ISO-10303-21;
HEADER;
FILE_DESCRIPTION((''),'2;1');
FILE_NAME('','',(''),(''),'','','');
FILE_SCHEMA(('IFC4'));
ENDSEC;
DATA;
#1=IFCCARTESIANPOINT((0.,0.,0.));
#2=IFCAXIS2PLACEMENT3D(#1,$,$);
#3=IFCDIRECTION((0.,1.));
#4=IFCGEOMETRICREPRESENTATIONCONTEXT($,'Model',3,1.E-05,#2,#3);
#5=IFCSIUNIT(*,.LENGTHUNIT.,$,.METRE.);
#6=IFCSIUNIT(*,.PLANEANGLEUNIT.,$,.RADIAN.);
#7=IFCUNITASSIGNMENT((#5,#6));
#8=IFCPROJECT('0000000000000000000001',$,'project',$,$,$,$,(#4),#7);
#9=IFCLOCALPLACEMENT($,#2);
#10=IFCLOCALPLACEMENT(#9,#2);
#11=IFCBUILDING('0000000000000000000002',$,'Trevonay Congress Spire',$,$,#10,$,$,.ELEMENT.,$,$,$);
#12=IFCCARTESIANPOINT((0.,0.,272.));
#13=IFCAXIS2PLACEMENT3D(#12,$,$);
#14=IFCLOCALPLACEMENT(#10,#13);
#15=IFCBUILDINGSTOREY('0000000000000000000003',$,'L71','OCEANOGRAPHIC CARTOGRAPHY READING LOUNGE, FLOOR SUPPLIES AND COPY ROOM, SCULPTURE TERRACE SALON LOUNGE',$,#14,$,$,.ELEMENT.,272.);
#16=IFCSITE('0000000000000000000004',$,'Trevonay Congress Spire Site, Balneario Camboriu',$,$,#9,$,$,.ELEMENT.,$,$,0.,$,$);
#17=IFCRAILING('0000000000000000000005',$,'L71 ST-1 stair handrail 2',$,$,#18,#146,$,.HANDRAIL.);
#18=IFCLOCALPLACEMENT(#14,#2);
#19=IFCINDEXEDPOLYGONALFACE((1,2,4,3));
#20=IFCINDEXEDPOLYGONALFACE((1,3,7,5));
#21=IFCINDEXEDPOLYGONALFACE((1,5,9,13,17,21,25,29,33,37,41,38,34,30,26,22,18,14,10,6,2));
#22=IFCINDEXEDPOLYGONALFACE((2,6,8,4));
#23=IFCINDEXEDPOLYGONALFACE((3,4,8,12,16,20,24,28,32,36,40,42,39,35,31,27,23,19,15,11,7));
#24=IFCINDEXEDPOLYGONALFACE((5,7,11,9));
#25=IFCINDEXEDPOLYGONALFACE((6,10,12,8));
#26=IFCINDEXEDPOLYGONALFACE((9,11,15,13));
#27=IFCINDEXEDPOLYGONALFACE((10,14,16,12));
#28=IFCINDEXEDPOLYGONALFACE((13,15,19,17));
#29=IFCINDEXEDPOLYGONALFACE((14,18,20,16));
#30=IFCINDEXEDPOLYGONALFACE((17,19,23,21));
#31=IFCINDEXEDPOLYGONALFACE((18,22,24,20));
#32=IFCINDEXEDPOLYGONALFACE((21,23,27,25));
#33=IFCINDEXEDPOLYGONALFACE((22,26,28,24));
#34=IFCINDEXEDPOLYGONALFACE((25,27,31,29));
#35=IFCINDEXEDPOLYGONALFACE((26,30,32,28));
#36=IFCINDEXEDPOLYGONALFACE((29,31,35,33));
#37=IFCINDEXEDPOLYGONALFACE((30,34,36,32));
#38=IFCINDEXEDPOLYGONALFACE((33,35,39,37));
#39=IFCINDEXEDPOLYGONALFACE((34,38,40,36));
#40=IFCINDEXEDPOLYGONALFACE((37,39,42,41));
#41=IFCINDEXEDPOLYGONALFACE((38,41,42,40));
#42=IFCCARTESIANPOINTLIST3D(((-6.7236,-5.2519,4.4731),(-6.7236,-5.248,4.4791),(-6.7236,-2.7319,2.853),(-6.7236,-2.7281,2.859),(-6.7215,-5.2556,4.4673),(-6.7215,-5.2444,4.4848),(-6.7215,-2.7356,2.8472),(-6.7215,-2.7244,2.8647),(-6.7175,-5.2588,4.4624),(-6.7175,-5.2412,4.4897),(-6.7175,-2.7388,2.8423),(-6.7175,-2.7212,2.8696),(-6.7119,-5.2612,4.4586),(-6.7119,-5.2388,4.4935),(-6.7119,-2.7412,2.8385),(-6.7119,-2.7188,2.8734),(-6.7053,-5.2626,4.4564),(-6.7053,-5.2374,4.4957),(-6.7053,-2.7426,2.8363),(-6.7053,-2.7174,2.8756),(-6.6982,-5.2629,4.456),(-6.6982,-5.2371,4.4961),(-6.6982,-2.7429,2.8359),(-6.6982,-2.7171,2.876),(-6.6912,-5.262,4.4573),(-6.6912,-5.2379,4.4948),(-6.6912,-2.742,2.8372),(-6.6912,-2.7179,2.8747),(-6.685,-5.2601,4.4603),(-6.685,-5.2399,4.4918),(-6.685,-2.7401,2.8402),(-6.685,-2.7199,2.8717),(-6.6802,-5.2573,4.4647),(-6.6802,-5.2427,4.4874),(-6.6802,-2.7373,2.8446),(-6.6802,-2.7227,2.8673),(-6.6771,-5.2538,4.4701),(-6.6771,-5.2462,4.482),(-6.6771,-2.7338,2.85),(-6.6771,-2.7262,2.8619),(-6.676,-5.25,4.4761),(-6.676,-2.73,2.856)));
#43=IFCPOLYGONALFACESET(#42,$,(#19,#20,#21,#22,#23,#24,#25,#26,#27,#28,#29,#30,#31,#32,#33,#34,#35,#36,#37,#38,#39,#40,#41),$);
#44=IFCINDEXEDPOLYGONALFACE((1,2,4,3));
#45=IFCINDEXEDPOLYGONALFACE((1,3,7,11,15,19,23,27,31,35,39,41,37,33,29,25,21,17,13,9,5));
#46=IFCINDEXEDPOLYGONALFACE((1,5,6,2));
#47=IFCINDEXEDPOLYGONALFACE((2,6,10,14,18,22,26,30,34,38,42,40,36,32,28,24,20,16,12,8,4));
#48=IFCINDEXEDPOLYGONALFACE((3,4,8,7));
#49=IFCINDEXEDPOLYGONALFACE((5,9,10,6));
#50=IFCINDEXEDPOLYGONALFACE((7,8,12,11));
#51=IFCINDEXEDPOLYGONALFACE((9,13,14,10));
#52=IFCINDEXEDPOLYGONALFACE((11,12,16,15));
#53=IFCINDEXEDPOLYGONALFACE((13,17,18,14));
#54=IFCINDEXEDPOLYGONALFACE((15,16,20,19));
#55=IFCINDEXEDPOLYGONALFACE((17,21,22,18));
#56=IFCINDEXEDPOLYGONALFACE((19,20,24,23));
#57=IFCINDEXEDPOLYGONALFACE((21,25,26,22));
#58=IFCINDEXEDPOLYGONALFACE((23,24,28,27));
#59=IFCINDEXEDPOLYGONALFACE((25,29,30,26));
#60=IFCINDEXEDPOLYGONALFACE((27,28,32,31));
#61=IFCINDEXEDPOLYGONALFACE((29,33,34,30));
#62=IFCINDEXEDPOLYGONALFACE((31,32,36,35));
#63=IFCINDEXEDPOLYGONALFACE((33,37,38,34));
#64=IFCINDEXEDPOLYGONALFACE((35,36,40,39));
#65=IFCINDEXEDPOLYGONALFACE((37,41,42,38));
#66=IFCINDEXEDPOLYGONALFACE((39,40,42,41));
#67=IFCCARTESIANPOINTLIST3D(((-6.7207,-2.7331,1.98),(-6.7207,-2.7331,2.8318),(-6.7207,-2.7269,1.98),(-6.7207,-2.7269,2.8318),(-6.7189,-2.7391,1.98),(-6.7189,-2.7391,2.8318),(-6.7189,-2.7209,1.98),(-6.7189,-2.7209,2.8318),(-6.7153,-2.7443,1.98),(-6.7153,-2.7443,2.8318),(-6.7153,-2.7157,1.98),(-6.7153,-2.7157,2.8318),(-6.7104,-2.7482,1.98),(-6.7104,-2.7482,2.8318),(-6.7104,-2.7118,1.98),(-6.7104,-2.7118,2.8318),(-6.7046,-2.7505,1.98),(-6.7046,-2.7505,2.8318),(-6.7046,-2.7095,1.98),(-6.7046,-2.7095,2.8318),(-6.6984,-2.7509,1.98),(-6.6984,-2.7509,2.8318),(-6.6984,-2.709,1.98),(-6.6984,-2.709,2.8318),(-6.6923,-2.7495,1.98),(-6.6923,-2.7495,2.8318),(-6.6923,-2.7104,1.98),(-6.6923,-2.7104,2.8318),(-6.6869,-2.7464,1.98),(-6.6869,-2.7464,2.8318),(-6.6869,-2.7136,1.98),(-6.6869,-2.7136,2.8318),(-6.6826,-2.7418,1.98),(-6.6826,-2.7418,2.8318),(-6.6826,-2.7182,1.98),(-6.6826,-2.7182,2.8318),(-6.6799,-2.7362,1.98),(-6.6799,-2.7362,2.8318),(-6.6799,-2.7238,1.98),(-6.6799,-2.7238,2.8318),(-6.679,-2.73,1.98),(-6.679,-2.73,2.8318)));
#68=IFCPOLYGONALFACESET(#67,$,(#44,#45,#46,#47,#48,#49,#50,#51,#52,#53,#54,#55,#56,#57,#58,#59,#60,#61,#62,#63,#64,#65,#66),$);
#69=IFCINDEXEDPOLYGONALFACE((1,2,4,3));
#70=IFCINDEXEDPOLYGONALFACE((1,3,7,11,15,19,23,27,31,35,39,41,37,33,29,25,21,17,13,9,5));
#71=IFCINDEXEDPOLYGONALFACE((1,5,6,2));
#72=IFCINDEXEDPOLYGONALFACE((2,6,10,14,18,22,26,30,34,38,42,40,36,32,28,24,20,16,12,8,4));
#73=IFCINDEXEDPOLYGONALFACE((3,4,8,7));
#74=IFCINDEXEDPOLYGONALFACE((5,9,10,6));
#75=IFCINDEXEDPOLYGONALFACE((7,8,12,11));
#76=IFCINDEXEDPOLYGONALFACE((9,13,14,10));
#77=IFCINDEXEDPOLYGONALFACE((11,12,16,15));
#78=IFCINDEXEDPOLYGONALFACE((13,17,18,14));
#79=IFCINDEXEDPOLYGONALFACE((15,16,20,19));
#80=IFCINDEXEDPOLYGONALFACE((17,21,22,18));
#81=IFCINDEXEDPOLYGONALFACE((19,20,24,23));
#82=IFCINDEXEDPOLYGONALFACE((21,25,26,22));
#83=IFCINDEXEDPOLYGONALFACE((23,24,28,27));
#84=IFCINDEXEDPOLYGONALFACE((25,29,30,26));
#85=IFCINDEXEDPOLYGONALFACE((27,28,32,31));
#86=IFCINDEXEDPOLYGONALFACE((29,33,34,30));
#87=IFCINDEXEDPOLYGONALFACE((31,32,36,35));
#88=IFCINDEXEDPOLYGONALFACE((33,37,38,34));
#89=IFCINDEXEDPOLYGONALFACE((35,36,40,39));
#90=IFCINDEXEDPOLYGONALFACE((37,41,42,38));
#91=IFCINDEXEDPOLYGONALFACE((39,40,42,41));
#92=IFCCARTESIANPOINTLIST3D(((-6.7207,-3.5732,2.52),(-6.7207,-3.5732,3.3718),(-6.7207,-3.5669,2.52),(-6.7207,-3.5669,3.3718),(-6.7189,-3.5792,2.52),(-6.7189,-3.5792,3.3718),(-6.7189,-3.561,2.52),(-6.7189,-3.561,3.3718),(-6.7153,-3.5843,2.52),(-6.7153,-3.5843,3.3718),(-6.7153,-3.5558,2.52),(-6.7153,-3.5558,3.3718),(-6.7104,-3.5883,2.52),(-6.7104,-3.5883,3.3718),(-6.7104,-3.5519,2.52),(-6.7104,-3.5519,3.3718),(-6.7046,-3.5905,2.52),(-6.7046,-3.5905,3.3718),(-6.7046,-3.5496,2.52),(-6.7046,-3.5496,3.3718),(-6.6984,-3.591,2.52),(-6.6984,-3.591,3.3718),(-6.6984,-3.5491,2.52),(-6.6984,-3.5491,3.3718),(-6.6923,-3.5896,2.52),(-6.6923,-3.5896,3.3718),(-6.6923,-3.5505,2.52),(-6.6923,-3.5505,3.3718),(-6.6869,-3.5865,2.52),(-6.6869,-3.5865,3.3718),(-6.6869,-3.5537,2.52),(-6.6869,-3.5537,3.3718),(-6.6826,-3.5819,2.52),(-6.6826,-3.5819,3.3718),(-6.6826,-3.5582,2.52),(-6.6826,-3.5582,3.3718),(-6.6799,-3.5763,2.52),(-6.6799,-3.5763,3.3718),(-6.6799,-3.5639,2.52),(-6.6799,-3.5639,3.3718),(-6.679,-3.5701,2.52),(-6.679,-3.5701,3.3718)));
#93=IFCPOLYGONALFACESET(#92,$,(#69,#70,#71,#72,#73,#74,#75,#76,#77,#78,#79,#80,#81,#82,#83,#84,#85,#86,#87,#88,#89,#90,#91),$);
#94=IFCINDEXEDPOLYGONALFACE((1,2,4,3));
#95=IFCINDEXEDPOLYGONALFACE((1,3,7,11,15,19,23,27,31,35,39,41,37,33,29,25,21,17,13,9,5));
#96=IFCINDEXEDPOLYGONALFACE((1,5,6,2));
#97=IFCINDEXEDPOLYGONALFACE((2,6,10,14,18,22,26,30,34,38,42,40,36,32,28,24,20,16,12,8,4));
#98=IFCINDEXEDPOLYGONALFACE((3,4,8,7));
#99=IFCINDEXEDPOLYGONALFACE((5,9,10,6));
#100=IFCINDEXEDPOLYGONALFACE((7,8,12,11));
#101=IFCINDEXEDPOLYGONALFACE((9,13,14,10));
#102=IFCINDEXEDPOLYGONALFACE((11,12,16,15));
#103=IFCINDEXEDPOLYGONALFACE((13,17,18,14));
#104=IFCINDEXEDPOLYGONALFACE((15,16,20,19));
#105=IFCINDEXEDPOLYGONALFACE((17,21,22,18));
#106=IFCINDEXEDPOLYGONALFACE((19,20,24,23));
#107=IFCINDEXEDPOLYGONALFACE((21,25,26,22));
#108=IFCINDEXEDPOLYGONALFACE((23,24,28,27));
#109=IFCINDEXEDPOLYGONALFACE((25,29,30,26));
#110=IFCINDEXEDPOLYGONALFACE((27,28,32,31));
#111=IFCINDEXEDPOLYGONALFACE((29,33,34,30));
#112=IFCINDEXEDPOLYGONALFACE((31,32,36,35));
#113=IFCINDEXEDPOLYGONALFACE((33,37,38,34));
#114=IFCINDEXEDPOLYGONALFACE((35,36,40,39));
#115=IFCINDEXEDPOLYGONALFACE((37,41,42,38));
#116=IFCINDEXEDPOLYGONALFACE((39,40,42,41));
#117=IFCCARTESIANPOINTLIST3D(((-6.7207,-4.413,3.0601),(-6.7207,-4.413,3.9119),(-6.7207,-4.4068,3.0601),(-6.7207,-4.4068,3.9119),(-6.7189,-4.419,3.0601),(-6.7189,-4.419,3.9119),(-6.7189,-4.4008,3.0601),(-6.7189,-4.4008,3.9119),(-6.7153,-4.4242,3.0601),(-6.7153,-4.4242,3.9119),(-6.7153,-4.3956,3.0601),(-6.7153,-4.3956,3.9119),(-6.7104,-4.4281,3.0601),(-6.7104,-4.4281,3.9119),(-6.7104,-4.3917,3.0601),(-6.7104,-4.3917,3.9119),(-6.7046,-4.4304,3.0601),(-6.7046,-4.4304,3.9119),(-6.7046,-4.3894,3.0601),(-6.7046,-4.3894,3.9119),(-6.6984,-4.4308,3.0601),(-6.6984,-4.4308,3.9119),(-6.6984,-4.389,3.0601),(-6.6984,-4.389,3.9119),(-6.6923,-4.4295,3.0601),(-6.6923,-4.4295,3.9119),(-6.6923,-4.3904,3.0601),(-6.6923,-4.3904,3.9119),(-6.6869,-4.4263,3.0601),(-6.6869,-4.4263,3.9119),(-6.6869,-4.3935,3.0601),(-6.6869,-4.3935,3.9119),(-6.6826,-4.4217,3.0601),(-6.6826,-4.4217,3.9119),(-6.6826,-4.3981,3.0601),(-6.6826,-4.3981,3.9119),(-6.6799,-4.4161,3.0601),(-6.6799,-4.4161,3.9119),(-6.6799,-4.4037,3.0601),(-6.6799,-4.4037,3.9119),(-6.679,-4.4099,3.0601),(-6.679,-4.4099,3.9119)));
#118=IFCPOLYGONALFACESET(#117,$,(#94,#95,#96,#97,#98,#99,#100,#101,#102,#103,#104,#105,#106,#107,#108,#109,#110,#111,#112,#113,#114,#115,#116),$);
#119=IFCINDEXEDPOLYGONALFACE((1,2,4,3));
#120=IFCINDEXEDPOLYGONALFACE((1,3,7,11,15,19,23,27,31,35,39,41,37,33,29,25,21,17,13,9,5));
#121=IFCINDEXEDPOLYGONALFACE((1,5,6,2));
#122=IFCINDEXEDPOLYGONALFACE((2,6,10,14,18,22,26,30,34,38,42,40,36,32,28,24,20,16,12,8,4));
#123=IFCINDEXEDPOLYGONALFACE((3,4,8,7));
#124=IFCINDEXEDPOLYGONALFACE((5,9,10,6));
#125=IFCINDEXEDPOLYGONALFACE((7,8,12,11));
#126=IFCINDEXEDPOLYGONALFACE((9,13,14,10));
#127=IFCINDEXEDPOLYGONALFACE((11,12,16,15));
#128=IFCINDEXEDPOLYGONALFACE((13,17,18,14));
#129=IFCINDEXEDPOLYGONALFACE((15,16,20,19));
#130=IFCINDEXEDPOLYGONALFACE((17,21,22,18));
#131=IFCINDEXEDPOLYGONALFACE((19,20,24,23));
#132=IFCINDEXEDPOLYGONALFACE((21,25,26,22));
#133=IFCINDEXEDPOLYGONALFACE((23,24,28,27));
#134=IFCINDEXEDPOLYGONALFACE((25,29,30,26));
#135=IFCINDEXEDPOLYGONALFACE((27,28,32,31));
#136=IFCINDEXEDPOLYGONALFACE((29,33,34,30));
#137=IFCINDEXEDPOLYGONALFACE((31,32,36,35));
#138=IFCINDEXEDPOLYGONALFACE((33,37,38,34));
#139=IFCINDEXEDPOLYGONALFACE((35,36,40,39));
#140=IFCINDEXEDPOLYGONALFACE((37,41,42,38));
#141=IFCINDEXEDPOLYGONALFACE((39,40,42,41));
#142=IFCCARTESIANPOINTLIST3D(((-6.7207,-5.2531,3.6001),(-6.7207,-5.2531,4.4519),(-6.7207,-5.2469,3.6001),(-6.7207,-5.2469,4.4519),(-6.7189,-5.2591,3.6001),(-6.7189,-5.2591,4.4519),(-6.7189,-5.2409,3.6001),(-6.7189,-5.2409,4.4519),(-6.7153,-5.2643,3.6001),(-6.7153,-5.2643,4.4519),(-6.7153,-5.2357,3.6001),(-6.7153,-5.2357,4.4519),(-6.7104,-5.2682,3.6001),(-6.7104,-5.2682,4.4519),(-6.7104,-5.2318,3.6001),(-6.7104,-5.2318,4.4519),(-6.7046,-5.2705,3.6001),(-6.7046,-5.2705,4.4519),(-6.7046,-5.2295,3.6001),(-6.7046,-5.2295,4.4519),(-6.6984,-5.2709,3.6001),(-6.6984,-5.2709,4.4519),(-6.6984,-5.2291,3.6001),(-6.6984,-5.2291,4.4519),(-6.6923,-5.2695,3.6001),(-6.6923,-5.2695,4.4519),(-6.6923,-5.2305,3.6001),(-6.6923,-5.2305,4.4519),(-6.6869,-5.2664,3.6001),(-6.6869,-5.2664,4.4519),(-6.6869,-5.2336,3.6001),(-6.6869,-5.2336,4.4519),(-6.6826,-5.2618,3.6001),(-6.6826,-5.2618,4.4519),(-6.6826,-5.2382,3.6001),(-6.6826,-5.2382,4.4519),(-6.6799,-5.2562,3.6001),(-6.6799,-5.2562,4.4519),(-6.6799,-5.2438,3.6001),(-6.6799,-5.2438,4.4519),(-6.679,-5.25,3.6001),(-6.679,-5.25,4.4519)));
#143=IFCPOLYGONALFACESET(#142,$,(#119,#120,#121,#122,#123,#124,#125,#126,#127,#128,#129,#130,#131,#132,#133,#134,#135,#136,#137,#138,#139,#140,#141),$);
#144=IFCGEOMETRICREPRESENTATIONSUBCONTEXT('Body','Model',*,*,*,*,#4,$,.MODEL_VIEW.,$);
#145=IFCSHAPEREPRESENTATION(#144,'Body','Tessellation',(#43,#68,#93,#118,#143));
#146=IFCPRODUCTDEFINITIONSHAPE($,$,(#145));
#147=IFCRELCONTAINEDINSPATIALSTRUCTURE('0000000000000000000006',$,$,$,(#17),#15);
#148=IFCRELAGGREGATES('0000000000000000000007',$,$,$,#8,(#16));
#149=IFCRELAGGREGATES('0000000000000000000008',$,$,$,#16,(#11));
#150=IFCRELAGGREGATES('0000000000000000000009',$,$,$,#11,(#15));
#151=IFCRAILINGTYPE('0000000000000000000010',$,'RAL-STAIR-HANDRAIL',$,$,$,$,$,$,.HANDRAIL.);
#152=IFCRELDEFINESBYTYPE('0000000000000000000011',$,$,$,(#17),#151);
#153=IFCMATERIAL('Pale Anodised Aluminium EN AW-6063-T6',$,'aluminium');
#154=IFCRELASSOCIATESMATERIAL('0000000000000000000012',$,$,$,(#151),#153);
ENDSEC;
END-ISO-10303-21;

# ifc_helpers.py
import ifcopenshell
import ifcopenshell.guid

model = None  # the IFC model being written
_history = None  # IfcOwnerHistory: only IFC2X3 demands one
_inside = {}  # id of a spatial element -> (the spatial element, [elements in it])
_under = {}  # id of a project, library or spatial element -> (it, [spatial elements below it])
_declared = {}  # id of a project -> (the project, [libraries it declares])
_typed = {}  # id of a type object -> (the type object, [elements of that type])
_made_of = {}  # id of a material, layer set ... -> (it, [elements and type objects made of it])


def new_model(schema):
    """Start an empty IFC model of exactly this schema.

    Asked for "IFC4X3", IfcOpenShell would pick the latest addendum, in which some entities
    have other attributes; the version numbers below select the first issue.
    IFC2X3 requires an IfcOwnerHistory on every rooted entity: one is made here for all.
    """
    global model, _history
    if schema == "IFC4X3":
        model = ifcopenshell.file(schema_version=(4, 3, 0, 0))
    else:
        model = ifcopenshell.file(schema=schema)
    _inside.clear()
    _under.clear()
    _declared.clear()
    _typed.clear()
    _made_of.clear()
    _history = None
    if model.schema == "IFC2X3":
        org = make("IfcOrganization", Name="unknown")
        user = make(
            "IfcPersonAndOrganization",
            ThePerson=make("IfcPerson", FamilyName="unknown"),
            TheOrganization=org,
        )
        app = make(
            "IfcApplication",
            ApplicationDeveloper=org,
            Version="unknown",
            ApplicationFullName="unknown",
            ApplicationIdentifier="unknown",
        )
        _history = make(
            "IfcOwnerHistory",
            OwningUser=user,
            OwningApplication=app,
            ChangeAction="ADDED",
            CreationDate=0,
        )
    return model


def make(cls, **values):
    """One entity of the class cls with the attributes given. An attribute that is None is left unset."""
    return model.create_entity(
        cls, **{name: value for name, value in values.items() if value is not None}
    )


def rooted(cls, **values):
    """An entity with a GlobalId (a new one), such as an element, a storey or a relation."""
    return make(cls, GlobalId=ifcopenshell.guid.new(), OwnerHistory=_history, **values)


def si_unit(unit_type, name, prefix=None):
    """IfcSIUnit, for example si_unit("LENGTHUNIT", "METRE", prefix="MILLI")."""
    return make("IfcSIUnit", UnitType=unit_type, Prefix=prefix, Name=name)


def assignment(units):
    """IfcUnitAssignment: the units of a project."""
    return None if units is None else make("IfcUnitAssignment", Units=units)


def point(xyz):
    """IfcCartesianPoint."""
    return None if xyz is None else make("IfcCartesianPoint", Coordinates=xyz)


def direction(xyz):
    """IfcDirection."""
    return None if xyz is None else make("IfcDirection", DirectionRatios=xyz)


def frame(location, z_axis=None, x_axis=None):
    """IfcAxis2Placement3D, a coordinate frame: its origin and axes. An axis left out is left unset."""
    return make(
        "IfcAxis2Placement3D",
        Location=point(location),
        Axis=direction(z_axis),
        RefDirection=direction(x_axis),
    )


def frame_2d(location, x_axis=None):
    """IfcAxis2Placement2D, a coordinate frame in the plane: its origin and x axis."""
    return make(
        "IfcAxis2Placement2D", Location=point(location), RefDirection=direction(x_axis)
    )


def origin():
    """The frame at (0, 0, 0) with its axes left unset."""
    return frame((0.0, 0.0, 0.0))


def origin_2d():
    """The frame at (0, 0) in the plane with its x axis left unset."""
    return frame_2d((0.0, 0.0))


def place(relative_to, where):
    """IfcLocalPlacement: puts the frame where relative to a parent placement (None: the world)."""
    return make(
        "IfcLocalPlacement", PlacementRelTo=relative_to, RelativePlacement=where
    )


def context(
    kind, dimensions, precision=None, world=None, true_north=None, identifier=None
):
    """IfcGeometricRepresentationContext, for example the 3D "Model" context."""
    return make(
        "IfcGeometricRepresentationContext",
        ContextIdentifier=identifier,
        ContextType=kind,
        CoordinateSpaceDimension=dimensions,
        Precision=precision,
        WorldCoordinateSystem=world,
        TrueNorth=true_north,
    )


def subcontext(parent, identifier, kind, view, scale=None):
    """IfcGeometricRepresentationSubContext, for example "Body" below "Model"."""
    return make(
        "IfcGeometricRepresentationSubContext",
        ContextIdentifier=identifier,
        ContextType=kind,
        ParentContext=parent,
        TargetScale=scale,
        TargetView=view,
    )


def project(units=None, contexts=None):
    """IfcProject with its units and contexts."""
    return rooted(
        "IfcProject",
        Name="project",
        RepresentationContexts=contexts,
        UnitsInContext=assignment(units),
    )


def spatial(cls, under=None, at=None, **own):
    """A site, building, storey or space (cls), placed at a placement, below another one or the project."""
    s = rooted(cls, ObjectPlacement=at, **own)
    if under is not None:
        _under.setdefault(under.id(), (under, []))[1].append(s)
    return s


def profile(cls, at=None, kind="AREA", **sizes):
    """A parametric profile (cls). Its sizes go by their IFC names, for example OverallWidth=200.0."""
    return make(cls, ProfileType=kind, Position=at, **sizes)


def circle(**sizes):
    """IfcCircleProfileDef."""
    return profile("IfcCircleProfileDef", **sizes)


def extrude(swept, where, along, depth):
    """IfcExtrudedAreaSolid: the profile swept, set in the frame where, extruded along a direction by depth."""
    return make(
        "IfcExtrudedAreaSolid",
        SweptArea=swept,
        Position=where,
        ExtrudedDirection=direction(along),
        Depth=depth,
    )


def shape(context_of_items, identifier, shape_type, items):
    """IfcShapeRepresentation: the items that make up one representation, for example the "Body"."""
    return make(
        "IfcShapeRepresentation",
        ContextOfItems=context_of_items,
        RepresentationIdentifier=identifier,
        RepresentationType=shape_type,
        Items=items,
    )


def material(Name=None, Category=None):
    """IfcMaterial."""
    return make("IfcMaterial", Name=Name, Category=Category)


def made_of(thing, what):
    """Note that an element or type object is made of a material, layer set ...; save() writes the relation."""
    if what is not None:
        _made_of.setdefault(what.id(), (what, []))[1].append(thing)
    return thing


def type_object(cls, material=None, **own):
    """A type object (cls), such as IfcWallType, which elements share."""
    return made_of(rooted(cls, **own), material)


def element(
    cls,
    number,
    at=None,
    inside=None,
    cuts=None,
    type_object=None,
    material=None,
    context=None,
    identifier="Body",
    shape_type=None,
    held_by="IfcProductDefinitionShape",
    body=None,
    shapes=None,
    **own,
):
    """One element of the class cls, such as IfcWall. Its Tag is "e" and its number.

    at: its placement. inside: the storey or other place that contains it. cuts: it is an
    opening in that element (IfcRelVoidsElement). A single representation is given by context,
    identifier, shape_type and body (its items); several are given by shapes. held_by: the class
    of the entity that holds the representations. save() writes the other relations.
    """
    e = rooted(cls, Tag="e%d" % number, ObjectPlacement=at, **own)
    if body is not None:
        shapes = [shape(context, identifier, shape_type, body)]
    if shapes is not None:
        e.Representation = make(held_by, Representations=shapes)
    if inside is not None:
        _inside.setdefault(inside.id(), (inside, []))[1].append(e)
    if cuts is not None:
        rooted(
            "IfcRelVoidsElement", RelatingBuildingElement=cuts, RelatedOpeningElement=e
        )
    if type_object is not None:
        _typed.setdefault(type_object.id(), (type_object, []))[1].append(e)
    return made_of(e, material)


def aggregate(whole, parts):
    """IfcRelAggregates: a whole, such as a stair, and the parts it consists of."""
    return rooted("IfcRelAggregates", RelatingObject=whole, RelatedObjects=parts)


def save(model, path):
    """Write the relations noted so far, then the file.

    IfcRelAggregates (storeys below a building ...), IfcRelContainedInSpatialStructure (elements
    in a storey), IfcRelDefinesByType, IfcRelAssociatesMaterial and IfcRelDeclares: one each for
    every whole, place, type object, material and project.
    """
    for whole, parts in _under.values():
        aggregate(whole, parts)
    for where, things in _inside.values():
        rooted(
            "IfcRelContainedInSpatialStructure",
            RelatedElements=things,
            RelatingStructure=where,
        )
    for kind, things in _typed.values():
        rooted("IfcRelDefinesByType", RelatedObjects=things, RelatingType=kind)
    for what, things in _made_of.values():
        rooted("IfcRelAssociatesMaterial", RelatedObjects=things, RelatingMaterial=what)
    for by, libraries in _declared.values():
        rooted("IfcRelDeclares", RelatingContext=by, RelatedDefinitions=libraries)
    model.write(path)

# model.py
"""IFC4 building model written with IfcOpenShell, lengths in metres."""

from ifc_helpers import new_model, si_unit, direction, frame, origin, origin_2d, place, context, subcontext, project, spatial, circle, extrude, material, type_object, element, save


model = new_model("IFC4")

# Units and contexts
model_context = context("Model", 3, precision=1e-05, world=origin(), true_north=direction((0.0, 1.0)))
body_context = subcontext(model_context, "Body", "Model", "MODEL_VIEW")
ifc_project = project(units=[si_unit("LENGTHUNIT", "METRE"), si_unit("PLANEANGLEUNIT", "RADIAN")], contexts=[model_context])

# Site, building, storey
site_placement = place(None, origin())
site = spatial("IfcSite", under=ifc_project, at=site_placement, Name="Trevonay Congress Spire Site, Balneario Camboriu", CompositionType="ELEMENT", RefElevation=0.0)
building_placement = place(site_placement, origin())
building = spatial("IfcBuilding", under=site, at=building_placement, Name="Trevonay Congress Spire", CompositionType="ELEMENT")
storey_placement = place(building_placement, frame((0.0, 0.0, 272.0)))
storey = spatial("IfcBuildingStorey", under=building, at=storey_placement, Name="L71", Description="OCEANOGRAPHIC CARTOGRAPHY READING LOUNGE, FLOOR SUPPLIES AND COPY ROOM, SCULPTURE TERRACE SALON LOUNGE", CompositionType="ELEMENT", Elevation=272.0)

# Shared definitions
ifc_material_1 = material(Name="Pale Anodised Aluminium EN AW-6063-T6", Category="aluminium")

# Railing
railing_type_1 = type_object("IfcRailingType", Name="RAL-STAIR-HANDRAIL", PredefinedType="HANDRAIL", material=ifc_material_1)
railing_1_placement = place(storey_placement, frame((-6.7, -2.73, 1.98)))
element("IfcRailing", 1, at=railing_1_placement, inside=storey, type_object=railing_type_1, Name="L71 ST-1 stair handrail 2", PredefinedType="HANDRAIL", context=body_context, shape_type="SweptSolid", body=[
    extrude(circle(Radius=0.0239, at=origin_2d()), frame((0.0, 0.0, 0.876), z_axis=(0.0, -0.841163, 0.540782), x_axis=(1.0, 0.0, 0.0)), (0.0, 0.0, 1.0), 2.9958),
    extrude(circle(Radius=0.021, at=origin_2d()), origin(), (0.0, 0.0, 1.0), 0.8518),
    extrude(circle(Radius=0.021, at=origin_2d()), frame((0.0, -0.8401, 0.54)), (0.0, 0.0, 1.0), 0.8518),
    extrude(circle(Radius=0.021, at=origin_2d()), frame((0.0, -1.6799, 1.0801)), (0.0, 0.0, 1.0), 0.8518),
    extrude(circle(Radius=0.021, at=origin_2d()), frame((0.0, -2.52, 1.6201)), (0.0, 0.0, 1.0), 0.8518),
])

save(model, "model.ifc")
